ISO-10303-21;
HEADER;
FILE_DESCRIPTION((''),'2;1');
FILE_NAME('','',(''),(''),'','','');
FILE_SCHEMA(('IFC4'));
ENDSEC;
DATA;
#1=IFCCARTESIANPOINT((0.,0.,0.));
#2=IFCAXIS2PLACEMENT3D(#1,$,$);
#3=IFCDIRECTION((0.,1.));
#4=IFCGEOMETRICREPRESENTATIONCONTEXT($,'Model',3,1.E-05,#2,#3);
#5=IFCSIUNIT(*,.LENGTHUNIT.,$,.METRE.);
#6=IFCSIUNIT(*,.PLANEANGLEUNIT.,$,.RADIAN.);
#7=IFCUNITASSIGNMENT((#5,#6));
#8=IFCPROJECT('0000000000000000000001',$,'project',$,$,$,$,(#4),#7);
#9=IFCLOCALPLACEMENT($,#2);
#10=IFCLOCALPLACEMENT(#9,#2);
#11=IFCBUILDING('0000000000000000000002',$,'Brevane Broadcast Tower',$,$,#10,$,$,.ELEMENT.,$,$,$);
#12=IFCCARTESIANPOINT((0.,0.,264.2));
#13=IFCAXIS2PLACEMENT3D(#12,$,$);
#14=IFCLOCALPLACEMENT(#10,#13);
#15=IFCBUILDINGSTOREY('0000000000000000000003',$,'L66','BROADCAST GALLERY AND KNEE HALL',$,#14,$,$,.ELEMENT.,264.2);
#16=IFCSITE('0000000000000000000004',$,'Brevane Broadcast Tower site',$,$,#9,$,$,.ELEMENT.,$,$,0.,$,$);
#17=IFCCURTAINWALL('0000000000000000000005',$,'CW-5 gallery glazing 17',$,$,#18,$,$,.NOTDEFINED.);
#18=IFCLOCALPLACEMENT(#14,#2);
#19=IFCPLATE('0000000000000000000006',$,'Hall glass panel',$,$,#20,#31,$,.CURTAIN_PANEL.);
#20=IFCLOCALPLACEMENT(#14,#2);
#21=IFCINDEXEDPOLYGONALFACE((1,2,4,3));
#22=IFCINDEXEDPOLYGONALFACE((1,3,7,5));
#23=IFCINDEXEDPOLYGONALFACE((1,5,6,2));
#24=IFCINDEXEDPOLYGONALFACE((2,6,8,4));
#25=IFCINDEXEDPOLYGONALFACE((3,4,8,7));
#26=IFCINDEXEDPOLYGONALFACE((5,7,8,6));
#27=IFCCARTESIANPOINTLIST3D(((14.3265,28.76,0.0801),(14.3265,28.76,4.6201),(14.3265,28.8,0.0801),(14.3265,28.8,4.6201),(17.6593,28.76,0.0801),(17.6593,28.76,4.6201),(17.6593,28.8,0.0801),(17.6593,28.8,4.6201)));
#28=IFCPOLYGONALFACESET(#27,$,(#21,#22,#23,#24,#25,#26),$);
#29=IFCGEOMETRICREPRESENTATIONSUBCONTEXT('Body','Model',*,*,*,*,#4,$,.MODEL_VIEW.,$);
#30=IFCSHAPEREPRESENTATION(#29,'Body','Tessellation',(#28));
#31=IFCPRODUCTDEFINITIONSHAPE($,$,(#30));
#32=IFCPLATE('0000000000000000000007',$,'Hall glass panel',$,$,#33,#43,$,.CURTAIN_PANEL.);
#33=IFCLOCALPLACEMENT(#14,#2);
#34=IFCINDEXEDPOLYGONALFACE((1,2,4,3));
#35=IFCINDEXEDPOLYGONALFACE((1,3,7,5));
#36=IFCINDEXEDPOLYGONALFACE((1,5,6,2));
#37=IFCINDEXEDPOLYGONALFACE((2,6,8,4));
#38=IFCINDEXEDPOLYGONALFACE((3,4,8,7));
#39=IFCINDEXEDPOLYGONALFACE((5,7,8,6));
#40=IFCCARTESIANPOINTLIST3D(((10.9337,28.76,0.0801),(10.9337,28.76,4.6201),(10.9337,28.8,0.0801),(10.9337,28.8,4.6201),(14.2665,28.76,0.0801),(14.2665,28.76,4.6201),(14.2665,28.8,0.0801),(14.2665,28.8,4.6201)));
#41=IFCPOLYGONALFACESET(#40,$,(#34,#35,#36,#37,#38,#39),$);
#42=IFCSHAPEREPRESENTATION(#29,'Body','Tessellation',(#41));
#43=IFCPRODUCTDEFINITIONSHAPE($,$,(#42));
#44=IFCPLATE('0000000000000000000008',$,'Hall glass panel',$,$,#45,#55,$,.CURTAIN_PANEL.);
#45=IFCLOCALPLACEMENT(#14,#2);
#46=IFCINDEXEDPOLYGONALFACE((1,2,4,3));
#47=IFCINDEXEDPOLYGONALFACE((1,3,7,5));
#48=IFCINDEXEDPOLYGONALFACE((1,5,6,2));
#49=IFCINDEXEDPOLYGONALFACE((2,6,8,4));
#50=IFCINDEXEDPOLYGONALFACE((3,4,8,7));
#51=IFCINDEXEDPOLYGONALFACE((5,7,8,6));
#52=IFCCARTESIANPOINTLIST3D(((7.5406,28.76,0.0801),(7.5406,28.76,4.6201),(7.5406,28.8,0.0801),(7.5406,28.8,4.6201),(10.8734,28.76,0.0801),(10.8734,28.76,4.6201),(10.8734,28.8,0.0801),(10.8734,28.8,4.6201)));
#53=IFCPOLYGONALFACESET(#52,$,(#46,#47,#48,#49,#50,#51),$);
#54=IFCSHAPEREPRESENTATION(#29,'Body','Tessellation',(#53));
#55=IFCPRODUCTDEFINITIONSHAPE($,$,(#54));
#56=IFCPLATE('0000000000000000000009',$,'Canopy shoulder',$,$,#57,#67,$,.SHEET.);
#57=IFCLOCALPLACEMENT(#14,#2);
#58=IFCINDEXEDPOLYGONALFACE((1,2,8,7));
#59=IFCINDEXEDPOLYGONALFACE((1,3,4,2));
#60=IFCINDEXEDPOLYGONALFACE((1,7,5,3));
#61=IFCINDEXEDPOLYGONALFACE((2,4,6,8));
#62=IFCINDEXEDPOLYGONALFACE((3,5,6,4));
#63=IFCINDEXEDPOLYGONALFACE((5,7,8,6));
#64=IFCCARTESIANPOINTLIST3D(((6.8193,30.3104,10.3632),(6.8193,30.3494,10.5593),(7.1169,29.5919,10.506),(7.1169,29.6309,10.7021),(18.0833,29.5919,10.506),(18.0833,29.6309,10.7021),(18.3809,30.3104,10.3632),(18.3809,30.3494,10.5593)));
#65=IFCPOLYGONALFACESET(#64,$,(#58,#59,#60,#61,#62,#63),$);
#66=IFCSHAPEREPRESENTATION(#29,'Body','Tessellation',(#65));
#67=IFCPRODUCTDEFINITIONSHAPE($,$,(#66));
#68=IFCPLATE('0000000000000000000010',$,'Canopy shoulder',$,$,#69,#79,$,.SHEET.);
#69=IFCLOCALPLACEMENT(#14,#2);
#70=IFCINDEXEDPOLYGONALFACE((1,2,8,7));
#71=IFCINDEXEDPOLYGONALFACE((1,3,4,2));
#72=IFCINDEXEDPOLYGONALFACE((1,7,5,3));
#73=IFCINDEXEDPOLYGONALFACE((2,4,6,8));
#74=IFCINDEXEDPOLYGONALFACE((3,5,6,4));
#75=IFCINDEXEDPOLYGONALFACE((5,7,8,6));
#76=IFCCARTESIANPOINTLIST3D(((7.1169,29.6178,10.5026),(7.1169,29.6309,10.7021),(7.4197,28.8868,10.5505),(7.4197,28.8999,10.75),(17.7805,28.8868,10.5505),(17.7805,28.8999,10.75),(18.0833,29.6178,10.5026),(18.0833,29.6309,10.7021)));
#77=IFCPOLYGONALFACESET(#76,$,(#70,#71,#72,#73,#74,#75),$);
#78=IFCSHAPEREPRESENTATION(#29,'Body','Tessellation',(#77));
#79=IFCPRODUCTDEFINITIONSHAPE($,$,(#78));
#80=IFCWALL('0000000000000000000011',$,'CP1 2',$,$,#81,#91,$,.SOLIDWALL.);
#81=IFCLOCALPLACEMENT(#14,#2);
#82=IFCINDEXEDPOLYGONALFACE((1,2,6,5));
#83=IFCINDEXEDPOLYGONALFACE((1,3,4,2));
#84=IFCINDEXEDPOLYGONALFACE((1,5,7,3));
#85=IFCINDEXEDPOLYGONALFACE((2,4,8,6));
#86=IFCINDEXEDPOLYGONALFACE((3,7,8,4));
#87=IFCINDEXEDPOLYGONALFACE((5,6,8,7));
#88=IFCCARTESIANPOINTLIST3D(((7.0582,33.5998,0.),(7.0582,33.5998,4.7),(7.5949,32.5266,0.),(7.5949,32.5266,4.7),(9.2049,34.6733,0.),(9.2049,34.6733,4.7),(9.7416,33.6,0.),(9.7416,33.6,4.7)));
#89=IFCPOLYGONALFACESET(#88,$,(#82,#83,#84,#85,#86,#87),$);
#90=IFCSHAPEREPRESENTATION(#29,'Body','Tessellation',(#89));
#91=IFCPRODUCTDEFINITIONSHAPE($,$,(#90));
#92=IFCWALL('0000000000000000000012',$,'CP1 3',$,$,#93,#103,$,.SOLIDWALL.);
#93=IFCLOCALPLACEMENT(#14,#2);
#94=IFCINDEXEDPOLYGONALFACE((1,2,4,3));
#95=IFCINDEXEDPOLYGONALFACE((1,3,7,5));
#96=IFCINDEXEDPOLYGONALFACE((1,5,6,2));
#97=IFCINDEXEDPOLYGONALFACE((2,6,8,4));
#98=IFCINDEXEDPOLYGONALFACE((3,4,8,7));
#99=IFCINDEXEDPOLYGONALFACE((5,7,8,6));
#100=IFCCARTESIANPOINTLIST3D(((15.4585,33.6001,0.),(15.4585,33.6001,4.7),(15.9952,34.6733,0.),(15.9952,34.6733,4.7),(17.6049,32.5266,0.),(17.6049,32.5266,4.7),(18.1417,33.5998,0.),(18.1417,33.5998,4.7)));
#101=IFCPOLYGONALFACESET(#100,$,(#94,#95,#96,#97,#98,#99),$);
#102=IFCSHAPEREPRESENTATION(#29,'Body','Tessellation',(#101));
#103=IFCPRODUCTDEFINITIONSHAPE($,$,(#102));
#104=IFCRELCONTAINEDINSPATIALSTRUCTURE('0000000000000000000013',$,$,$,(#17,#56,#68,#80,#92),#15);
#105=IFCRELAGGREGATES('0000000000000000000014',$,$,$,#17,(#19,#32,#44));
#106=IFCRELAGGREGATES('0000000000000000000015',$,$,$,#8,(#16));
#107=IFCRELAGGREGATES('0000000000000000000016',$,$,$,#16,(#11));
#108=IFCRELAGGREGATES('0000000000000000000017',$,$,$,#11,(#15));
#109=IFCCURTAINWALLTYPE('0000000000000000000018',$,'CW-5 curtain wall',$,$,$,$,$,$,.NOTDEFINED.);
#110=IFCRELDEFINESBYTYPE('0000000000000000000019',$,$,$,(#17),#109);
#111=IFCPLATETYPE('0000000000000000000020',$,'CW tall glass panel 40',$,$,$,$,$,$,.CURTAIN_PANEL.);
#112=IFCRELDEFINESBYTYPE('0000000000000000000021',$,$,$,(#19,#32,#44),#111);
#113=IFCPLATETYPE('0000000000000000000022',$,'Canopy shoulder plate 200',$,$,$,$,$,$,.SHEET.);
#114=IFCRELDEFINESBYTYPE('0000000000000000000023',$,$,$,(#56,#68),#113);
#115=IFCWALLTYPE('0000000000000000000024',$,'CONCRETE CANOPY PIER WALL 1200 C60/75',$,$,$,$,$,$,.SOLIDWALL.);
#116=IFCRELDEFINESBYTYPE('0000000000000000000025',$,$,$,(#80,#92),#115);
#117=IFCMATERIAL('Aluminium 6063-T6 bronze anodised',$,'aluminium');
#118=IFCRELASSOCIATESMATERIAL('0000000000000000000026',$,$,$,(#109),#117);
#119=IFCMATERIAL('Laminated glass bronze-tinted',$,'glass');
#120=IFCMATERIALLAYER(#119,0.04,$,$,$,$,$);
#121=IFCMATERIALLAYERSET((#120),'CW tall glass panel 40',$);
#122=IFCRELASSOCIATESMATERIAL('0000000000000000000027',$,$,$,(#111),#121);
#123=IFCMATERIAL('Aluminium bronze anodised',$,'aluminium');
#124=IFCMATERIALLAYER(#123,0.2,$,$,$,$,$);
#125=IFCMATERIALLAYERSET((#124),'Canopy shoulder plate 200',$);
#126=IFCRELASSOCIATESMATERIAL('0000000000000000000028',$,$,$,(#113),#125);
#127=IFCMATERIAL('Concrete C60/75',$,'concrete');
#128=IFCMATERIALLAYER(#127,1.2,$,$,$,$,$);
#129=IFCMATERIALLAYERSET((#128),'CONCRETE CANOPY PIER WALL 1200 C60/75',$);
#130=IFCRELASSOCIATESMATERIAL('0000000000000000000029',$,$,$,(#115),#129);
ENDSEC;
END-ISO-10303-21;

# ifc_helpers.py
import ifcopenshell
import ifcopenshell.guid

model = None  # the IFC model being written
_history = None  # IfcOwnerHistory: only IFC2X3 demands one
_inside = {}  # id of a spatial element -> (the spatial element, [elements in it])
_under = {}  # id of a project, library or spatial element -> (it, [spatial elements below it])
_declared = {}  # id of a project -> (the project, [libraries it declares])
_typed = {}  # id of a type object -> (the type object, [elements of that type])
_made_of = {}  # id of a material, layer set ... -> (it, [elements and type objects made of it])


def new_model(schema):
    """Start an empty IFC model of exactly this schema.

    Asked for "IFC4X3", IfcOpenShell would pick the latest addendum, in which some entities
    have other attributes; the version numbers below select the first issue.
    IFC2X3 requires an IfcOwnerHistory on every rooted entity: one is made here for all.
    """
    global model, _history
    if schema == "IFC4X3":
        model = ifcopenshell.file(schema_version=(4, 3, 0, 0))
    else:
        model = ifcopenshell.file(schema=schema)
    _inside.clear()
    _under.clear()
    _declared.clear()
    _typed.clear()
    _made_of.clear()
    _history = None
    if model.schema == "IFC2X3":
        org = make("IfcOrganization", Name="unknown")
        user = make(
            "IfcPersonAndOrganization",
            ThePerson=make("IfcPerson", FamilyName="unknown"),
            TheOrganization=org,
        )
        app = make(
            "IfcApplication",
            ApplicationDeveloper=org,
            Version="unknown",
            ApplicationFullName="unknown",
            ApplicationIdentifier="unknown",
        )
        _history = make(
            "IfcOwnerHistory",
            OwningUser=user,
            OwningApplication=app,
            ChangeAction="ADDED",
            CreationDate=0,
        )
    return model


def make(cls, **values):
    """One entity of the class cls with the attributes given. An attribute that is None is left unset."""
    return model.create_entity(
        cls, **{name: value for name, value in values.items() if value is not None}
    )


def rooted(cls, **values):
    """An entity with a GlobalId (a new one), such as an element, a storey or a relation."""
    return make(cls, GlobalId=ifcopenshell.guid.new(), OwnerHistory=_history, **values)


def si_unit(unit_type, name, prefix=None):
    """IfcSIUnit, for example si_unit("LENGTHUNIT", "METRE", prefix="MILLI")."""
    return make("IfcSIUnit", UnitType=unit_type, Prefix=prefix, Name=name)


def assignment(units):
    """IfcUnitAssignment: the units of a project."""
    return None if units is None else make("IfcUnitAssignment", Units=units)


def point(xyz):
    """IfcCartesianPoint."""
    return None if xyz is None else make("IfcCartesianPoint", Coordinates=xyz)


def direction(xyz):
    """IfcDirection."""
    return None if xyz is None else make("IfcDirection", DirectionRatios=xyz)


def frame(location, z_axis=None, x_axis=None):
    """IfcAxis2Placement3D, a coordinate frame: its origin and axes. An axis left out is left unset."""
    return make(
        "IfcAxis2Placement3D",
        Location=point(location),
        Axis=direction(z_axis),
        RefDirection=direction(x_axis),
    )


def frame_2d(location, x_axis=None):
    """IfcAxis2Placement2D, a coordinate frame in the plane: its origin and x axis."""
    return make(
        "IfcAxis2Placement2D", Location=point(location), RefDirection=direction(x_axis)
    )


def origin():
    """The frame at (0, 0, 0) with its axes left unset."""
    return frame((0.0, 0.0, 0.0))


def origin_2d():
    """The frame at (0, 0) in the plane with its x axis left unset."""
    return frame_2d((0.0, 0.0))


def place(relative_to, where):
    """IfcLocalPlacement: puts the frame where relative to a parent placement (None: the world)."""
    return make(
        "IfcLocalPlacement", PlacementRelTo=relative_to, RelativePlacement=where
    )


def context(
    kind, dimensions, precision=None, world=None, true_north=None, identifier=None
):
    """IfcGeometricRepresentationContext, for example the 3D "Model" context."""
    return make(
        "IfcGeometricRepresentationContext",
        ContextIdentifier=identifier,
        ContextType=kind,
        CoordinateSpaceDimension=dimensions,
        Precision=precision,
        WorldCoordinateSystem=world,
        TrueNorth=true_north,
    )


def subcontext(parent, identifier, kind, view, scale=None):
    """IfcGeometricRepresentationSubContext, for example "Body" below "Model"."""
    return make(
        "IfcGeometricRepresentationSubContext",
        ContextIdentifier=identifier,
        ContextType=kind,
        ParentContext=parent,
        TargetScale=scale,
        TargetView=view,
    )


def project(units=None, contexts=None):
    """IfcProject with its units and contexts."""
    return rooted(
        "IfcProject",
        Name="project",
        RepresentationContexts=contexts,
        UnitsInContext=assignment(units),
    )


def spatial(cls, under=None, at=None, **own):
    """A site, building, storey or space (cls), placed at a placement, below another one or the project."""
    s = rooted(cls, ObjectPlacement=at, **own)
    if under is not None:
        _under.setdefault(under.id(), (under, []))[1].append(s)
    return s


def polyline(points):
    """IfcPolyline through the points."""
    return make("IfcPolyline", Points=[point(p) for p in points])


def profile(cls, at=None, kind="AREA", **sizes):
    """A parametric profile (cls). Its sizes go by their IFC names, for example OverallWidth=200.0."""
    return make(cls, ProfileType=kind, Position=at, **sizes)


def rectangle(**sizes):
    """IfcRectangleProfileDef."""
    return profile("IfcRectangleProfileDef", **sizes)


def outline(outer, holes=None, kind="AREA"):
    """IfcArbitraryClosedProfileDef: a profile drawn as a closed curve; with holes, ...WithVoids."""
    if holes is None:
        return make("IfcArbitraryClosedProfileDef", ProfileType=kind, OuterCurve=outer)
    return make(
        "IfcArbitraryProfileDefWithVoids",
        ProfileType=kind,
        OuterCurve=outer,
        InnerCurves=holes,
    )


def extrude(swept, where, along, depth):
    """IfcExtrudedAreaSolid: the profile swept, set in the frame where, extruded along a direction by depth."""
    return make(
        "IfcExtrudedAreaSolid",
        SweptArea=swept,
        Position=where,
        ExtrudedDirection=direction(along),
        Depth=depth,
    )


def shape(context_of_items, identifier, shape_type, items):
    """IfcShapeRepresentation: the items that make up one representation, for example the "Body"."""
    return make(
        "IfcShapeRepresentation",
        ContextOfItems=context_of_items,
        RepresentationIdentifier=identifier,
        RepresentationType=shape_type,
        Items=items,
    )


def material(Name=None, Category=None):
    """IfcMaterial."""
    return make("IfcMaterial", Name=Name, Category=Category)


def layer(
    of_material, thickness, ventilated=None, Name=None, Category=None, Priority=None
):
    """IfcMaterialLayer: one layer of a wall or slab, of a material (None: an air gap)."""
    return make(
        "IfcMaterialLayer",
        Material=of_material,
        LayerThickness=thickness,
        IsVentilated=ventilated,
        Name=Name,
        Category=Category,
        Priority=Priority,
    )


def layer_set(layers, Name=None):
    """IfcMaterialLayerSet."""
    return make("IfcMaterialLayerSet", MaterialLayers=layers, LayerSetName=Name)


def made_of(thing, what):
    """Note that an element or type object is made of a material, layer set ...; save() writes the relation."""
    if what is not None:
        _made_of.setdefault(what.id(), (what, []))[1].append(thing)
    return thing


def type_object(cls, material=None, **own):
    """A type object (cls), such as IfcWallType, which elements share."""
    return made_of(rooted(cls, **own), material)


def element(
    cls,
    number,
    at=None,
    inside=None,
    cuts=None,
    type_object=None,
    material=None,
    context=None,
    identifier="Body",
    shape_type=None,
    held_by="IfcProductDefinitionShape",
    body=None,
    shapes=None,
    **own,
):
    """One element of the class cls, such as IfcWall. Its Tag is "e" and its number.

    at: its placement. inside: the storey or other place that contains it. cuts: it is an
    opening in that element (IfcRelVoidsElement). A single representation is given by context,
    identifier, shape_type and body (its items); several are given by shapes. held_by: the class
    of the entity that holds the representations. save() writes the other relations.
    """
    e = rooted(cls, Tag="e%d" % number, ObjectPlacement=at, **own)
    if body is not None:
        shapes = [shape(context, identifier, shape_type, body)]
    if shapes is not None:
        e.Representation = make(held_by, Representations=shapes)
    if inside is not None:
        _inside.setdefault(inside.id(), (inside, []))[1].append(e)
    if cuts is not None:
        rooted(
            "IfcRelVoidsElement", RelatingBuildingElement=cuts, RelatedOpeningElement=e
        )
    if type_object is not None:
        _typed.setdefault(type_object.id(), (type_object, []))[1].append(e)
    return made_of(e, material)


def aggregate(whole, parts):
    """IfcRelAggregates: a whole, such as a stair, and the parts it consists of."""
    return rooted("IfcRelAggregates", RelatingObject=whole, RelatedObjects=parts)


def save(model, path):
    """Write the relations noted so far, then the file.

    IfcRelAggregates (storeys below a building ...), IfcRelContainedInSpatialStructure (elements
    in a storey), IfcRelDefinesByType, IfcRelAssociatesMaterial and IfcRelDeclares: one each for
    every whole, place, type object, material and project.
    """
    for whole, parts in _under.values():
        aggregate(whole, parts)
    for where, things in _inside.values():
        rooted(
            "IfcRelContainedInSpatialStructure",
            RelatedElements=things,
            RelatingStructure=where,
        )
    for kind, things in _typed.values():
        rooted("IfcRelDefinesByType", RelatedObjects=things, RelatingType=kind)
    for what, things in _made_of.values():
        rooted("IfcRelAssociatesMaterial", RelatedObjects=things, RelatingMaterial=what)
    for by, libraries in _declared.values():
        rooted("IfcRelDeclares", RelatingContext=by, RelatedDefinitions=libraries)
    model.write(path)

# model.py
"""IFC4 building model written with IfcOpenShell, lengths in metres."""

from ifc_helpers import new_model, si_unit, direction, frame, frame_2d, origin, origin_2d, place, context, subcontext, project, spatial, polyline, rectangle, outline, extrude, material, layer, layer_set, type_object, element, aggregate, save


model = new_model("IFC4")

# Units and contexts
model_context = context("Model", 3, precision=1e-05, world=origin(), true_north=direction((0.0, 1.0)))
body_context = subcontext(model_context, "Body", "Model", "MODEL_VIEW")
ifc_project = project(units=[si_unit("LENGTHUNIT", "METRE"), si_unit("PLANEANGLEUNIT", "RADIAN")], contexts=[model_context])

# Site, building, storey
site_placement = place(None, origin())
site = spatial("IfcSite", under=ifc_project, at=site_placement, Name="Brevane Broadcast Tower site", CompositionType="ELEMENT", RefElevation=0.0)
building_placement = place(site_placement, origin())
building = spatial("IfcBuilding", under=site, at=building_placement, Name="Brevane Broadcast Tower", CompositionType="ELEMENT")
storey_placement = place(building_placement, frame((0.0, 0.0, 264.2)))
storey = spatial("IfcBuildingStorey", under=building, at=storey_placement, Name="L66", Description="BROADCAST GALLERY AND KNEE HALL", CompositionType="ELEMENT", Elevation=264.2)

# Shared definitions
ifc_material_1 = material(Name="Aluminium 6063-T6 bronze anodised", Category="aluminium")
curtain_wall_type = type_object("IfcCurtainWallType", Name="CW-5 curtain wall", PredefinedType="NOTDEFINED", material=ifc_material_1)

# Curtain wall
curtain_wall_1_placement = place(storey_placement, origin())
curtain_wall_1 = element("IfcCurtainWall", 1, at=curtain_wall_1_placement, inside=storey, type_object=curtain_wall_type, Name="CW-5 gallery glazing 17", PredefinedType="NOTDEFINED")

# Plates
ifc_material_2 = material(Name="Laminated glass bronze-tinted", Category="glass")
ifc_layer_1 = layer(ifc_material_2, 0.04)
ifc_layer_set_1 = layer_set([ifc_layer_1], Name="CW tall glass panel 40")
plate_type_1 = type_object("IfcPlateType", Name="CW tall glass panel 40", PredefinedType="CURTAIN_PANEL", material=ifc_layer_set_1)
plate_1_placement = place(storey_placement, frame((15.9929, 28.78, 0.0801), z_axis=(0.0, 0.0, 1.0), x_axis=(-1.0, 0.0, 0.0)))
plate_1 = element("IfcPlate", 2, at=plate_1_placement, type_object=plate_type_1, Name="Hall glass panel", PredefinedType="CURTAIN_PANEL", context=body_context, shape_type="SweptSolid", body=[
    extrude(rectangle(XDim=3.3328, YDim=0.04, at=origin_2d()), origin(), (0.0, 0.0, 1.0), 4.54),
])
plate_2_placement = place(storey_placement, frame((12.6001, 28.78, 0.0801), z_axis=(0.0, 0.0, 1.0), x_axis=(-1.0, 0.0, 0.0)))
plate_2 = element("IfcPlate", 3, at=plate_2_placement, type_object=plate_type_1, Name="Hall glass panel", PredefinedType="CURTAIN_PANEL", context=body_context, shape_type="SweptSolid", body=[
    extrude(rectangle(XDim=3.3328, YDim=0.04, at=origin_2d()), origin(), (0.0, 0.0, 1.0), 4.54),
])
plate_3_placement = place(storey_placement, frame((9.207, 28.78, 0.0801), z_axis=(0.0, 0.0, 1.0), x_axis=(-1.0, 0.0, 0.0)))
plate_3 = element("IfcPlate", 4, at=plate_3_placement, type_object=plate_type_1, Name="Hall glass panel", PredefinedType="CURTAIN_PANEL", context=body_context, shape_type="SweptSolid", body=[
    extrude(rectangle(XDim=3.3328, YDim=0.04, at=origin_2d()), origin(), (0.0, 0.0, 1.0), 4.54),
])
aggregate(curtain_wall_1, [plate_1, plate_2, plate_3])

# Plates
ifc_material_3 = material(Name="Aluminium bronze anodised", Category="aluminium")
ifc_layer_2 = layer(ifc_material_3, 0.2)
ifc_layer_set_2 = layer_set([ifc_layer_2], Name="Canopy shoulder plate 200")
plate_type_2 = type_object("IfcPlateType", Name="Canopy shoulder plate 200", PredefinedType="SHEET", material=ifc_layer_set_2)
plate_4_placement = place(storey_placement, frame((18.3809, 30.3494, 10.5593), z_axis=(0.0, 0.194962, 0.980811), x_axis=(-1.0, 0.0, 0.0)))
element("IfcPlate", 5, at=plate_4_placement, inside=storey, type_object=plate_type_2, Name="Canopy shoulder", PredefinedType="SHEET", context=body_context, shape_type="SweptSolid", body=[
    extrude(outline(polyline([(0.0, 0.0), (11.5615, 0.0), (11.2639, 0.7326), (0.2976, 0.7326), (0.0, 0.0)])), origin(), (0.0, 0.0, -1.0), 0.2),
])
plate_5_placement = place(storey_placement, frame((18.0833, 29.6309, 10.7021), z_axis=(0.0, 0.065324, 0.997864), x_axis=(-1.0, 0.0, 0.0)))
element("IfcPlate", 6, at=plate_5_placement, inside=storey, type_object=plate_type_2, Name="Canopy shoulder", PredefinedType="SHEET", context=body_context, shape_type="SweptSolid", body=[
    extrude(outline(polyline([(0.0, 0.0), (10.9663, 0.0), (10.6636, 0.7325), (0.3027, 0.7325), (0.0, 0.0)])), origin(), (0.0, 0.0, -1.0), 0.2),
])

# Walls
ifc_material_4 = material(Name="Concrete C60/75", Category="concrete")
ifc_layer_3 = layer(ifc_material_4, 1.2)
ifc_layer_set_3 = layer_set([ifc_layer_3], Name="CONCRETE CANOPY PIER WALL 1200 C60/75")
wall_type = type_object("IfcWallType", Name="CONCRETE CANOPY PIER WALL 1200 C60/75", PredefinedType="SOLIDWALL", material=ifc_layer_set_3)
wall_1_placement = place(storey_placement, frame((9.4734, 34.1367, 0.0), z_axis=(0.0, 0.0, 1.0), x_axis=(-0.894407, -0.447254, 0.0)))
element("IfcWall", 7, at=wall_1_placement, inside=storey, type_object=wall_type, Name="CP1 2", PredefinedType="SOLIDWALL", context=body_context, shape_type="SweptSolid", body=[
    extrude(rectangle(XDim=2.4001, YDim=1.2, at=frame_2d((1.2002, 0.0))), origin(), (0.0, 0.0, 1.0), 4.7),
])
wall_2_placement = place(storey_placement, frame((17.8733, 33.0632, 0.0), z_axis=(0.0, 0.0, 1.0), x_axis=(-0.894386, 0.447295, 0.0)))
element("IfcWall", 8, at=wall_2_placement, inside=storey, type_object=wall_type, Name="CP1 3", PredefinedType="SOLIDWALL", context=body_context, shape_type="SweptSolid", body=[
    extrude(rectangle(XDim=2.3999, YDim=1.2, at=frame_2d((1.2, 0.0))), origin(), (0.0, 0.0, 1.0), 4.7),
])

save(model, "model.ifc")
